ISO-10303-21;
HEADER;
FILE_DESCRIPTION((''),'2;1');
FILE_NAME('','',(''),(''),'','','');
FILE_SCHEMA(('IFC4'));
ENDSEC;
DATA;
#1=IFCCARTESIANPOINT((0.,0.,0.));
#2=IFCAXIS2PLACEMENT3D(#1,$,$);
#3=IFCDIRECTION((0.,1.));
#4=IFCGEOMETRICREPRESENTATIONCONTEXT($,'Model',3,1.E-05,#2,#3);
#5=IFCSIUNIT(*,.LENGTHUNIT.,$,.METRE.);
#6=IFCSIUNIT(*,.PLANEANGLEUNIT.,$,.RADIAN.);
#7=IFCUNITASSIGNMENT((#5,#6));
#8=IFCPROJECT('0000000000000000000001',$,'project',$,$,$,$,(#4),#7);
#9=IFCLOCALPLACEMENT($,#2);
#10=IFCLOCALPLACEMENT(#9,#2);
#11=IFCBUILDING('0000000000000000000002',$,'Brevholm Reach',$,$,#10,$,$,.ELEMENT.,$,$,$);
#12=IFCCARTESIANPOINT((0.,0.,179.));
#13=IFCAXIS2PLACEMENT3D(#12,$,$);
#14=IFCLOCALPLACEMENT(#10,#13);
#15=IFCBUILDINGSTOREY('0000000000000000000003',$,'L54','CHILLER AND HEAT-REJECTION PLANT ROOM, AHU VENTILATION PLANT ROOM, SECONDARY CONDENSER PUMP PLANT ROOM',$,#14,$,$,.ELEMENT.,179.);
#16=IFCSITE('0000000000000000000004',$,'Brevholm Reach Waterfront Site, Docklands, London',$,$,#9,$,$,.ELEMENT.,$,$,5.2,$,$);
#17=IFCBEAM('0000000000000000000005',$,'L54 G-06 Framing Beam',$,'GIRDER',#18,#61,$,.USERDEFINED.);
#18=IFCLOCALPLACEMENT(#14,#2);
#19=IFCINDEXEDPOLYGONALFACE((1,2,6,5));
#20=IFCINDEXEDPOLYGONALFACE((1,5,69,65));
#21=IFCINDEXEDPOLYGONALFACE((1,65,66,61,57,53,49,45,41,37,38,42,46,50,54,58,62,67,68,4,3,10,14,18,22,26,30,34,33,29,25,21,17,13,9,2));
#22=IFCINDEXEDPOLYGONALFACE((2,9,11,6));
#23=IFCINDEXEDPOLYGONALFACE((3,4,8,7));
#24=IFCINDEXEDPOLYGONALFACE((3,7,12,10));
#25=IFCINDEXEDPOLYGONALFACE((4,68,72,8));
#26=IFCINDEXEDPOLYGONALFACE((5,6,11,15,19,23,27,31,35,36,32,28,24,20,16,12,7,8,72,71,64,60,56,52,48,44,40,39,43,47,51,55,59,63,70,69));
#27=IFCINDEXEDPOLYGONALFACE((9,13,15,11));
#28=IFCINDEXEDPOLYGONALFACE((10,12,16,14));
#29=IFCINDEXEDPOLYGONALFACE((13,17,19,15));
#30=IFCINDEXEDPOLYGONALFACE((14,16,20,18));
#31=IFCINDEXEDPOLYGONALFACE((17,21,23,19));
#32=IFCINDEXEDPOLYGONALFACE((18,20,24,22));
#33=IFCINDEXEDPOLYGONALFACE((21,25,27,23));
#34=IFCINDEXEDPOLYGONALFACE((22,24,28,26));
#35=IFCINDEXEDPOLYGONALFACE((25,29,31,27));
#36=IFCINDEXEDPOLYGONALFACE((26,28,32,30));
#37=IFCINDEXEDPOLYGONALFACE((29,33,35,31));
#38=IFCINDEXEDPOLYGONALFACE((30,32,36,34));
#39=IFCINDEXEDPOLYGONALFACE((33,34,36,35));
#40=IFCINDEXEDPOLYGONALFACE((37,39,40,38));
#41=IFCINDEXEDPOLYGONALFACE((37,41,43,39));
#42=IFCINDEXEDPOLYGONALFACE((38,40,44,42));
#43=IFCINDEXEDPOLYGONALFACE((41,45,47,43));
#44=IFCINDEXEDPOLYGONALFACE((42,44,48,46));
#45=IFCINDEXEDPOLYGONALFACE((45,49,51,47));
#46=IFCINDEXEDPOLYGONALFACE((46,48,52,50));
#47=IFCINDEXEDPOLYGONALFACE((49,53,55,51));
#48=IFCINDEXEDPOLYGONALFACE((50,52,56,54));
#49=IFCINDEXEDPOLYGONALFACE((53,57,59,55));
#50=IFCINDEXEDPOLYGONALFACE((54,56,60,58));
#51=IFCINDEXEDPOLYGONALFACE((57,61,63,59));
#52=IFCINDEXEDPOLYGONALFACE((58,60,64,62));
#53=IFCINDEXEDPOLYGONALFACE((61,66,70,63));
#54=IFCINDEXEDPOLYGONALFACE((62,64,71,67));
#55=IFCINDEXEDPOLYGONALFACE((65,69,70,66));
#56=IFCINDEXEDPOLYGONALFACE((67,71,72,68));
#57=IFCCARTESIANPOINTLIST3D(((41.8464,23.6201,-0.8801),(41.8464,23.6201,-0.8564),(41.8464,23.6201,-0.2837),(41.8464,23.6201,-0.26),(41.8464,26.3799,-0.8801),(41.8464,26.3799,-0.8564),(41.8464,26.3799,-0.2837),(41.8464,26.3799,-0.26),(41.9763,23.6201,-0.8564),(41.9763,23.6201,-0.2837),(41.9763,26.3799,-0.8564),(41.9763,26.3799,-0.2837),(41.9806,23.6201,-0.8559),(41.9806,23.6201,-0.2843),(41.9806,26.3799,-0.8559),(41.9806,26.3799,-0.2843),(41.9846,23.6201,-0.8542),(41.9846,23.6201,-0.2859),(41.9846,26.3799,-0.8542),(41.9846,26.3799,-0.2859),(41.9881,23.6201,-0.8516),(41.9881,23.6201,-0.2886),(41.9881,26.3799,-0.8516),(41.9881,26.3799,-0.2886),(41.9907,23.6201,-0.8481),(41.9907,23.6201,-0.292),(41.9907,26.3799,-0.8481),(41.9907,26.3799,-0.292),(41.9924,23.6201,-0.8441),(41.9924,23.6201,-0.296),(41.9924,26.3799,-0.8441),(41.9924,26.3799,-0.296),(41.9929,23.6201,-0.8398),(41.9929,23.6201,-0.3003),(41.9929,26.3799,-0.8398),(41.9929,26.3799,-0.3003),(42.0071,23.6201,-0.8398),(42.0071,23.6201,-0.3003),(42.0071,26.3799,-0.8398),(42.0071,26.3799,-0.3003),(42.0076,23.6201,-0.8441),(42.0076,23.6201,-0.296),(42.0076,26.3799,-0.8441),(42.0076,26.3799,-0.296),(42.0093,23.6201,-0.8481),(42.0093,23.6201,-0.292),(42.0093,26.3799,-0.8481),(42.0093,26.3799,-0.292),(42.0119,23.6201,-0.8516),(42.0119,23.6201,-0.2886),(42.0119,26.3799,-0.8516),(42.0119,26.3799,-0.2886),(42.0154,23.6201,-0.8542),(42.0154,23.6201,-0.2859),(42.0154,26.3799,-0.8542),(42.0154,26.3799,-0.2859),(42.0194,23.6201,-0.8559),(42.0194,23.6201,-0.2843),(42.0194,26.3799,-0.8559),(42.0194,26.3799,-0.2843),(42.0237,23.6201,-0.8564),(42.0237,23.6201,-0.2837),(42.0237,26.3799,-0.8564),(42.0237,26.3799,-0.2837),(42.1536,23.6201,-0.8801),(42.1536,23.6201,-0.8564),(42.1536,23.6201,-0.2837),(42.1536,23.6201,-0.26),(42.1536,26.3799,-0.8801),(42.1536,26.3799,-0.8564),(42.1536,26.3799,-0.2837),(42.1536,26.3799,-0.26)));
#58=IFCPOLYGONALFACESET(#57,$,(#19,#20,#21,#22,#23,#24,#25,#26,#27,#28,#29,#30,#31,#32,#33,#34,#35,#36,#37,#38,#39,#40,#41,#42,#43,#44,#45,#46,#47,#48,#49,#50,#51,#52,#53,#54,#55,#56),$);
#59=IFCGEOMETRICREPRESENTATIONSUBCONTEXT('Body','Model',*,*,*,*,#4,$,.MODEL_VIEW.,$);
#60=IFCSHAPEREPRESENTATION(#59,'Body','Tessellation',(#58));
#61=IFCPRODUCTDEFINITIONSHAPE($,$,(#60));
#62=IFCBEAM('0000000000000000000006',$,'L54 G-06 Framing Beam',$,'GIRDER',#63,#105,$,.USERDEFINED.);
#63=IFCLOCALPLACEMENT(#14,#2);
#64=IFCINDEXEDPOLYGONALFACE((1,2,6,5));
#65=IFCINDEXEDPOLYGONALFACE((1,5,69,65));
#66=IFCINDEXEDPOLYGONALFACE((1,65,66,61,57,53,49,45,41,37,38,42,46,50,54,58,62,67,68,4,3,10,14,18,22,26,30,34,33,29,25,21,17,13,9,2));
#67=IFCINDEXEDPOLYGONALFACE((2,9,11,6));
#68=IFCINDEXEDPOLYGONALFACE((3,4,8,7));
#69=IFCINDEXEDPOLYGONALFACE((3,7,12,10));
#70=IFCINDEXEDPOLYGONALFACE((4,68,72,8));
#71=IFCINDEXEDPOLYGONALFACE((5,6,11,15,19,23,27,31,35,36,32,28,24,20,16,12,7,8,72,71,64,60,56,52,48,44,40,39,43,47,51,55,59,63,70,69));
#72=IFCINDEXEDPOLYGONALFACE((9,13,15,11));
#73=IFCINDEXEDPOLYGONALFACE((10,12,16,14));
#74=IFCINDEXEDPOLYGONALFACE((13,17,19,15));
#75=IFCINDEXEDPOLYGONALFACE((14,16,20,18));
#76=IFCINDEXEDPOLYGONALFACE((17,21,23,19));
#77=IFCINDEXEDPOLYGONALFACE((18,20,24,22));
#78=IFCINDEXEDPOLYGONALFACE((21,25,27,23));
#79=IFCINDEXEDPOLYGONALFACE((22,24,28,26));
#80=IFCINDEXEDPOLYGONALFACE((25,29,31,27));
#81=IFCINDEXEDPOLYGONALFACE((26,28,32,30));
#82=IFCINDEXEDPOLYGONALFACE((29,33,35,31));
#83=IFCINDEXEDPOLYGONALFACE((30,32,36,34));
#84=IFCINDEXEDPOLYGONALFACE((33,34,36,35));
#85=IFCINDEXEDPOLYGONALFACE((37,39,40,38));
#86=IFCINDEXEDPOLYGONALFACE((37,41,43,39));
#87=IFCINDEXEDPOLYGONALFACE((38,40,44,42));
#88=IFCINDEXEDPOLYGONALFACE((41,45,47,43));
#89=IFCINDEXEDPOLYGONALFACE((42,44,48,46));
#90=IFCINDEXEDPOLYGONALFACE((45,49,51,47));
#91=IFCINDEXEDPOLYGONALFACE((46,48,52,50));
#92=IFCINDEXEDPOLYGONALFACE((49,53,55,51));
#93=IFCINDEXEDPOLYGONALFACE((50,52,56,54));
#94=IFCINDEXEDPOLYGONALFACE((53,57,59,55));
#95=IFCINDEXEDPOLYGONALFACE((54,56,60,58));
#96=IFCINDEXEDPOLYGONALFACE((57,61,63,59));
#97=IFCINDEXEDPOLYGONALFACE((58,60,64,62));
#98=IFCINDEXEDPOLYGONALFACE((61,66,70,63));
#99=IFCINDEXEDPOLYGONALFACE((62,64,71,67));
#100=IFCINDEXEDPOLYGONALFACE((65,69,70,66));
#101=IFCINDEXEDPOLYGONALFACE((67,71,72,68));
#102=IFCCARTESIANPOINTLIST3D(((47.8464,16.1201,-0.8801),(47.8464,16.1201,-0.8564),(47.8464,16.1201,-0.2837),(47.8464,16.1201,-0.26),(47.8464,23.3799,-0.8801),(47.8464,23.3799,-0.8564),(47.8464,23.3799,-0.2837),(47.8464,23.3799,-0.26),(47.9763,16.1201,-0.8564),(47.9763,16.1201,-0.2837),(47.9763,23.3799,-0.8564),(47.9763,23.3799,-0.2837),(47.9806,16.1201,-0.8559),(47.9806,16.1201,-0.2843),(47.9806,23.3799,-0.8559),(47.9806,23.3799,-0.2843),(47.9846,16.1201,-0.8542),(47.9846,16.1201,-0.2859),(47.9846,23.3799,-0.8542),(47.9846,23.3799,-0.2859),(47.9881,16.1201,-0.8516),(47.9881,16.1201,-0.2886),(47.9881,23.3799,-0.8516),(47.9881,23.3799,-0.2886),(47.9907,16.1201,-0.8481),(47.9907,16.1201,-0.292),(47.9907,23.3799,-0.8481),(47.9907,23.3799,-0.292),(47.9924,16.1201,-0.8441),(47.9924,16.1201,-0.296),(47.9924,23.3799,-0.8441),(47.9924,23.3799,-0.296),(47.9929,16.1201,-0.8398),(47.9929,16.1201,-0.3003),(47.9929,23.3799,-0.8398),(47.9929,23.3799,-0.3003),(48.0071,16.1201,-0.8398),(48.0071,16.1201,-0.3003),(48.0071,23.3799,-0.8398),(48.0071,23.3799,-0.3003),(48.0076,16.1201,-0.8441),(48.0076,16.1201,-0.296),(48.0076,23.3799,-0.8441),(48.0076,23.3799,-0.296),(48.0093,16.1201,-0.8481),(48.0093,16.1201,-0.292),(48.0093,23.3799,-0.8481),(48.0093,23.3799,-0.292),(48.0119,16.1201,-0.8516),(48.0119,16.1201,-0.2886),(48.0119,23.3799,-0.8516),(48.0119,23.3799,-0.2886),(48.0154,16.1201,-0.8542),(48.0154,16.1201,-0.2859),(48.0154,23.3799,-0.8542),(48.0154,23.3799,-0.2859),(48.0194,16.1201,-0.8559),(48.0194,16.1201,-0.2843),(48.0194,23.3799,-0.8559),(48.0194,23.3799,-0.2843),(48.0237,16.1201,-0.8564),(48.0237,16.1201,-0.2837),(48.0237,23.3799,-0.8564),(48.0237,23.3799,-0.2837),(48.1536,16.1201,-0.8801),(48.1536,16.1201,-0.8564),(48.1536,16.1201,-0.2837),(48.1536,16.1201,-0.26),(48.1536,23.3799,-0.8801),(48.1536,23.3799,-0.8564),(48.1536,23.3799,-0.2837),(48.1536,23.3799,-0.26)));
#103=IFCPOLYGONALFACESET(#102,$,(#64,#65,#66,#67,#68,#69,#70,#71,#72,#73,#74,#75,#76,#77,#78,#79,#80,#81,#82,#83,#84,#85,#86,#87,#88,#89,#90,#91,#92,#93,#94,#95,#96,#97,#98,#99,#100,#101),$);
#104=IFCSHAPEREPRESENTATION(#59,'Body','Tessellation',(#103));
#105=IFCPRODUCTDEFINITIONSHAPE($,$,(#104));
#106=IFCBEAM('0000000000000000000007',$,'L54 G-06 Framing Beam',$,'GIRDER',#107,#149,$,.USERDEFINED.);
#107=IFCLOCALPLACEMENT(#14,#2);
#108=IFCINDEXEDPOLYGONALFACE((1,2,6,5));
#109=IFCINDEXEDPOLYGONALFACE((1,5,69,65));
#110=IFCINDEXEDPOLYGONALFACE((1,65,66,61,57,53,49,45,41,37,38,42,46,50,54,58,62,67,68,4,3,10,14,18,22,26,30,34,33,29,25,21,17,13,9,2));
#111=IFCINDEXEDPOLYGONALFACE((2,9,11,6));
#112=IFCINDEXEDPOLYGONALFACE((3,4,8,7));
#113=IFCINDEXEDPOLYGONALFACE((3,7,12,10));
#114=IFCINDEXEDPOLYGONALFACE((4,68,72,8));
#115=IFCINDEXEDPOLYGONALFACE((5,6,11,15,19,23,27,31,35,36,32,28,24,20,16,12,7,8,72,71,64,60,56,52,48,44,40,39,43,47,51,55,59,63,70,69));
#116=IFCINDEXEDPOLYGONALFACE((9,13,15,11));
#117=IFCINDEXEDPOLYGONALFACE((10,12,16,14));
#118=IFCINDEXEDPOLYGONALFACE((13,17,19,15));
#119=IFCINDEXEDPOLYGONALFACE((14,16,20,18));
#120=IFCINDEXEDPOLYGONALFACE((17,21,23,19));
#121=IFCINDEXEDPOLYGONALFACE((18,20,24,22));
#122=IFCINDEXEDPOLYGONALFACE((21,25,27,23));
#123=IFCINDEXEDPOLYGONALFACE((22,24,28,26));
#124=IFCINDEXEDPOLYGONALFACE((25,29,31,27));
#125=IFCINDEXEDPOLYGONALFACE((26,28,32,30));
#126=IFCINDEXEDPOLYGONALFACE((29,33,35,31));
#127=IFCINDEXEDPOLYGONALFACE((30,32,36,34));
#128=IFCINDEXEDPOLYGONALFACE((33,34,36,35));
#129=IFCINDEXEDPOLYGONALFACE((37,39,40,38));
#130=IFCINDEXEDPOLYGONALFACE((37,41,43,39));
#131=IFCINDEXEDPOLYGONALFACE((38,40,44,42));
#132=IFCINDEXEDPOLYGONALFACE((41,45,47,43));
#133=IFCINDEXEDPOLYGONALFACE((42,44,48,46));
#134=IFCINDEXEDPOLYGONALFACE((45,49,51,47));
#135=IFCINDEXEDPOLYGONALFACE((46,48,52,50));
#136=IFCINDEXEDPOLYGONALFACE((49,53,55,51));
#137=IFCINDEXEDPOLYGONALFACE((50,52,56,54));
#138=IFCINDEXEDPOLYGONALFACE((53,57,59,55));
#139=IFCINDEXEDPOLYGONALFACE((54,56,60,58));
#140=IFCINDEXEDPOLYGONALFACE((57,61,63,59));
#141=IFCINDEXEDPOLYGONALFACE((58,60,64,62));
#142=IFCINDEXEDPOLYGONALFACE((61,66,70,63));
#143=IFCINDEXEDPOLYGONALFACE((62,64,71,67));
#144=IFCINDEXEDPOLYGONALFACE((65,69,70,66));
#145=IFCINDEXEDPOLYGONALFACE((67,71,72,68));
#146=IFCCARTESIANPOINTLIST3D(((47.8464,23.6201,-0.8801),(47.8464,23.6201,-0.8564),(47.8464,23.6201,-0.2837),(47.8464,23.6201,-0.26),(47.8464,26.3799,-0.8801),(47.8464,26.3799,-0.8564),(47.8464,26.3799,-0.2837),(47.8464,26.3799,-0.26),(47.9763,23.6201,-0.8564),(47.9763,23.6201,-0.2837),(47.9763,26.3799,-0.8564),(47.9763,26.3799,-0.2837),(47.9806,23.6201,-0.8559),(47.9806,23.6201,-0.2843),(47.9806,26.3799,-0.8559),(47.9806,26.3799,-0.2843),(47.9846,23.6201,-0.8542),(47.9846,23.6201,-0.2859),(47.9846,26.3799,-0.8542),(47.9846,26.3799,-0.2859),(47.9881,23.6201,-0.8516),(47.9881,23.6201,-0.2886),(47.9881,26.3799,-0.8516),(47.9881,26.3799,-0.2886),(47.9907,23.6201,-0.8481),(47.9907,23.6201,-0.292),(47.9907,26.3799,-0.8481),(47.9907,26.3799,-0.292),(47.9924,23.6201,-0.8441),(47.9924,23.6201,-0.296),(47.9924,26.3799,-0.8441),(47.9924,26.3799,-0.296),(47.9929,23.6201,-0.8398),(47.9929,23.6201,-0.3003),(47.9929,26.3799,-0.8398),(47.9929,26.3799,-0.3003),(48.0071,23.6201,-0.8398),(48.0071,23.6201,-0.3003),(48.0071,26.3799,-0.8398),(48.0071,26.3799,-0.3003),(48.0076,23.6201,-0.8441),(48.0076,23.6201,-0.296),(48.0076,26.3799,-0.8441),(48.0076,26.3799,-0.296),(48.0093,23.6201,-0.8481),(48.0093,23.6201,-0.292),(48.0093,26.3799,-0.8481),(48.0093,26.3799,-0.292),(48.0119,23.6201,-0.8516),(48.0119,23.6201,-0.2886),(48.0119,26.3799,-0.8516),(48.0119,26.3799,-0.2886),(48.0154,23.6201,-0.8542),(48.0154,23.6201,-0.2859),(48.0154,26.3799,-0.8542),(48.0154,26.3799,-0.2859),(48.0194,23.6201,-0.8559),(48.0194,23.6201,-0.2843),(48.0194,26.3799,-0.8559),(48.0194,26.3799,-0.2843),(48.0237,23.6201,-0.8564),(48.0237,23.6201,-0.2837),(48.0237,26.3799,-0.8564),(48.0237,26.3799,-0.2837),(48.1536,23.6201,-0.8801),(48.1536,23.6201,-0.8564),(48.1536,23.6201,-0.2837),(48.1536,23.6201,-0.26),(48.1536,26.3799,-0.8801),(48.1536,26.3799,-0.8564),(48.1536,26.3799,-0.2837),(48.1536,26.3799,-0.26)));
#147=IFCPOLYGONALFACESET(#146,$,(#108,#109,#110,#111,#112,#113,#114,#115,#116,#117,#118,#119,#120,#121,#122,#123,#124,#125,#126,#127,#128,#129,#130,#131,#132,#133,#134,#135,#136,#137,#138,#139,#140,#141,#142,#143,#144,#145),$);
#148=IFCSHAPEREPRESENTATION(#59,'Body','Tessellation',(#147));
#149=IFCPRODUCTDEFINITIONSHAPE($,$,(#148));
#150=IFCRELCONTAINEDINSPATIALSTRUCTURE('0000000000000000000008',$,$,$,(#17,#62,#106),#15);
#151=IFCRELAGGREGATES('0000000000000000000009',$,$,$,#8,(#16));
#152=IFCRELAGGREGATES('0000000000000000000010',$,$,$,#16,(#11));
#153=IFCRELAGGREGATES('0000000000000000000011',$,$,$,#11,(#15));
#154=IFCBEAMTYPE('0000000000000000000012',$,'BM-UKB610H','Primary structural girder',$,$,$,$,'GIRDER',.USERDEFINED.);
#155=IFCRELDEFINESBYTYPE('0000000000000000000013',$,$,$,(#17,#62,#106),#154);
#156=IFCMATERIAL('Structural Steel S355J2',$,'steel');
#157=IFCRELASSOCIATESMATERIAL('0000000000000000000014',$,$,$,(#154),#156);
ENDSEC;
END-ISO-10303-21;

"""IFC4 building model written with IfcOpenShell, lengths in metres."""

from ifc_helpers import new_model, si_unit, direction, frame, origin, origin_2d, place, context, subcontext, project, spatial, i_section, extrude, material, material_profile, profile_set, type_object, element, save


model = new_model("IFC4")

# Units and contexts
model_context = context("Model", 3, precision=1e-05, world=origin(), true_north=direction((0.0, 1.0)))
body_context = subcontext(model_context, "Body", "Model", "MODEL_VIEW")
ifc_project = project(units=[si_unit("LENGTHUNIT", "METRE"), si_unit("PLANEANGLEUNIT", "RADIAN")], contexts=[model_context])

# Site, building, storey
site_placement = place(None, origin())
site = spatial("IfcSite", under=ifc_project, at=site_placement, Name="Brevholm Reach Waterfront Site, Docklands, London", CompositionType="ELEMENT", RefElevation=5.2)
building_placement = place(site_placement, origin())
building = spatial("IfcBuilding", under=site, at=building_placement, Name="Brevholm Reach", CompositionType="ELEMENT")
storey_placement = place(building_placement, frame((0.0, 0.0, 179.0)))
storey = spatial("IfcBuildingStorey", under=building, at=storey_placement, Name="L54", Description="CHILLER AND HEAT-REJECTION PLANT ROOM, AHU VENTILATION PLANT ROOM, SECONDARY CONDENSER PUMP PLANT ROOM", CompositionType="ELEMENT", Elevation=179.0)

# Beams
ifc_material_1 = material(Name="Structural Steel S355J2", Category="steel")
ifc_material_profile_1 = material_profile(ifc_material_1, i_section(OverallWidth=0.3071, OverallDepth=0.6201, WebThickness=0.0142, FlangeThickness=0.0237, FilletRadius=0.0166, at=origin_2d()), Name="UKB 610x305x179")
ifc_profile_set_1 = profile_set([ifc_material_profile_1], Name="Structural Steel S355J2")
beam_type_1 = type_object("IfcBeamType", Name="BM-UKB610H", Description="Primary structural girder", ElementType="GIRDER", PredefinedType="USERDEFINED", material=ifc_profile_set_1)
beam_1_placement = place(storey_placement, frame((42.0, 23.6201, -0.5701), z_axis=(0.0, 1.0, 0.0), x_axis=(-1.0, 0.0, 0.0)))
element("IfcBeam", 1, at=beam_1_placement, inside=storey, type_object=beam_type_1, Name="L54 G-06 Framing Beam", ObjectType="GIRDER", PredefinedType="USERDEFINED", context=body_context, shape_type="SweptSolid", body=[
    extrude(i_section(OverallWidth=0.3071, OverallDepth=0.6201, WebThickness=0.0142, FlangeThickness=0.0237, FilletRadius=0.0166, at=origin_2d()), origin(), (0.0, 0.0, 1.0), 2.7598),
])
beam_2_placement = place(storey_placement, frame((48.0, 16.1201, -0.5701), z_axis=(0.0, 1.0, 0.0), x_axis=(-1.0, 0.0, 0.0)))
element("IfcBeam", 2, at=beam_2_placement, inside=storey, type_object=beam_type_1, Name="L54 G-06 Framing Beam", ObjectType="GIRDER", PredefinedType="USERDEFINED", context=body_context, shape_type="SweptSolid", body=[
    extrude(i_section(OverallWidth=0.3071, OverallDepth=0.6201, WebThickness=0.0142, FlangeThickness=0.0237, FilletRadius=0.0166, at=origin_2d()), origin(), (0.0, 0.0, 1.0), 7.2598),
])
beam_3_placement = place(storey_placement, frame((48.0, 23.6201, -0.5701), z_axis=(0.0, 1.0, 0.0), x_axis=(-1.0, 0.0, 0.0)))
element("IfcBeam", 3, at=beam_3_placement, inside=storey, type_object=beam_type_1, Name="L54 G-06 Framing Beam", ObjectType="GIRDER", PredefinedType="USERDEFINED", context=body_context, shape_type="SweptSolid", body=[
    extrude(i_section(OverallWidth=0.3071, OverallDepth=0.6201, WebThickness=0.0142, FlangeThickness=0.0237, FilletRadius=0.0166, at=origin_2d()), origin(), (0.0, 0.0, 1.0), 2.7598),
])

save(model, "model.ifc")
